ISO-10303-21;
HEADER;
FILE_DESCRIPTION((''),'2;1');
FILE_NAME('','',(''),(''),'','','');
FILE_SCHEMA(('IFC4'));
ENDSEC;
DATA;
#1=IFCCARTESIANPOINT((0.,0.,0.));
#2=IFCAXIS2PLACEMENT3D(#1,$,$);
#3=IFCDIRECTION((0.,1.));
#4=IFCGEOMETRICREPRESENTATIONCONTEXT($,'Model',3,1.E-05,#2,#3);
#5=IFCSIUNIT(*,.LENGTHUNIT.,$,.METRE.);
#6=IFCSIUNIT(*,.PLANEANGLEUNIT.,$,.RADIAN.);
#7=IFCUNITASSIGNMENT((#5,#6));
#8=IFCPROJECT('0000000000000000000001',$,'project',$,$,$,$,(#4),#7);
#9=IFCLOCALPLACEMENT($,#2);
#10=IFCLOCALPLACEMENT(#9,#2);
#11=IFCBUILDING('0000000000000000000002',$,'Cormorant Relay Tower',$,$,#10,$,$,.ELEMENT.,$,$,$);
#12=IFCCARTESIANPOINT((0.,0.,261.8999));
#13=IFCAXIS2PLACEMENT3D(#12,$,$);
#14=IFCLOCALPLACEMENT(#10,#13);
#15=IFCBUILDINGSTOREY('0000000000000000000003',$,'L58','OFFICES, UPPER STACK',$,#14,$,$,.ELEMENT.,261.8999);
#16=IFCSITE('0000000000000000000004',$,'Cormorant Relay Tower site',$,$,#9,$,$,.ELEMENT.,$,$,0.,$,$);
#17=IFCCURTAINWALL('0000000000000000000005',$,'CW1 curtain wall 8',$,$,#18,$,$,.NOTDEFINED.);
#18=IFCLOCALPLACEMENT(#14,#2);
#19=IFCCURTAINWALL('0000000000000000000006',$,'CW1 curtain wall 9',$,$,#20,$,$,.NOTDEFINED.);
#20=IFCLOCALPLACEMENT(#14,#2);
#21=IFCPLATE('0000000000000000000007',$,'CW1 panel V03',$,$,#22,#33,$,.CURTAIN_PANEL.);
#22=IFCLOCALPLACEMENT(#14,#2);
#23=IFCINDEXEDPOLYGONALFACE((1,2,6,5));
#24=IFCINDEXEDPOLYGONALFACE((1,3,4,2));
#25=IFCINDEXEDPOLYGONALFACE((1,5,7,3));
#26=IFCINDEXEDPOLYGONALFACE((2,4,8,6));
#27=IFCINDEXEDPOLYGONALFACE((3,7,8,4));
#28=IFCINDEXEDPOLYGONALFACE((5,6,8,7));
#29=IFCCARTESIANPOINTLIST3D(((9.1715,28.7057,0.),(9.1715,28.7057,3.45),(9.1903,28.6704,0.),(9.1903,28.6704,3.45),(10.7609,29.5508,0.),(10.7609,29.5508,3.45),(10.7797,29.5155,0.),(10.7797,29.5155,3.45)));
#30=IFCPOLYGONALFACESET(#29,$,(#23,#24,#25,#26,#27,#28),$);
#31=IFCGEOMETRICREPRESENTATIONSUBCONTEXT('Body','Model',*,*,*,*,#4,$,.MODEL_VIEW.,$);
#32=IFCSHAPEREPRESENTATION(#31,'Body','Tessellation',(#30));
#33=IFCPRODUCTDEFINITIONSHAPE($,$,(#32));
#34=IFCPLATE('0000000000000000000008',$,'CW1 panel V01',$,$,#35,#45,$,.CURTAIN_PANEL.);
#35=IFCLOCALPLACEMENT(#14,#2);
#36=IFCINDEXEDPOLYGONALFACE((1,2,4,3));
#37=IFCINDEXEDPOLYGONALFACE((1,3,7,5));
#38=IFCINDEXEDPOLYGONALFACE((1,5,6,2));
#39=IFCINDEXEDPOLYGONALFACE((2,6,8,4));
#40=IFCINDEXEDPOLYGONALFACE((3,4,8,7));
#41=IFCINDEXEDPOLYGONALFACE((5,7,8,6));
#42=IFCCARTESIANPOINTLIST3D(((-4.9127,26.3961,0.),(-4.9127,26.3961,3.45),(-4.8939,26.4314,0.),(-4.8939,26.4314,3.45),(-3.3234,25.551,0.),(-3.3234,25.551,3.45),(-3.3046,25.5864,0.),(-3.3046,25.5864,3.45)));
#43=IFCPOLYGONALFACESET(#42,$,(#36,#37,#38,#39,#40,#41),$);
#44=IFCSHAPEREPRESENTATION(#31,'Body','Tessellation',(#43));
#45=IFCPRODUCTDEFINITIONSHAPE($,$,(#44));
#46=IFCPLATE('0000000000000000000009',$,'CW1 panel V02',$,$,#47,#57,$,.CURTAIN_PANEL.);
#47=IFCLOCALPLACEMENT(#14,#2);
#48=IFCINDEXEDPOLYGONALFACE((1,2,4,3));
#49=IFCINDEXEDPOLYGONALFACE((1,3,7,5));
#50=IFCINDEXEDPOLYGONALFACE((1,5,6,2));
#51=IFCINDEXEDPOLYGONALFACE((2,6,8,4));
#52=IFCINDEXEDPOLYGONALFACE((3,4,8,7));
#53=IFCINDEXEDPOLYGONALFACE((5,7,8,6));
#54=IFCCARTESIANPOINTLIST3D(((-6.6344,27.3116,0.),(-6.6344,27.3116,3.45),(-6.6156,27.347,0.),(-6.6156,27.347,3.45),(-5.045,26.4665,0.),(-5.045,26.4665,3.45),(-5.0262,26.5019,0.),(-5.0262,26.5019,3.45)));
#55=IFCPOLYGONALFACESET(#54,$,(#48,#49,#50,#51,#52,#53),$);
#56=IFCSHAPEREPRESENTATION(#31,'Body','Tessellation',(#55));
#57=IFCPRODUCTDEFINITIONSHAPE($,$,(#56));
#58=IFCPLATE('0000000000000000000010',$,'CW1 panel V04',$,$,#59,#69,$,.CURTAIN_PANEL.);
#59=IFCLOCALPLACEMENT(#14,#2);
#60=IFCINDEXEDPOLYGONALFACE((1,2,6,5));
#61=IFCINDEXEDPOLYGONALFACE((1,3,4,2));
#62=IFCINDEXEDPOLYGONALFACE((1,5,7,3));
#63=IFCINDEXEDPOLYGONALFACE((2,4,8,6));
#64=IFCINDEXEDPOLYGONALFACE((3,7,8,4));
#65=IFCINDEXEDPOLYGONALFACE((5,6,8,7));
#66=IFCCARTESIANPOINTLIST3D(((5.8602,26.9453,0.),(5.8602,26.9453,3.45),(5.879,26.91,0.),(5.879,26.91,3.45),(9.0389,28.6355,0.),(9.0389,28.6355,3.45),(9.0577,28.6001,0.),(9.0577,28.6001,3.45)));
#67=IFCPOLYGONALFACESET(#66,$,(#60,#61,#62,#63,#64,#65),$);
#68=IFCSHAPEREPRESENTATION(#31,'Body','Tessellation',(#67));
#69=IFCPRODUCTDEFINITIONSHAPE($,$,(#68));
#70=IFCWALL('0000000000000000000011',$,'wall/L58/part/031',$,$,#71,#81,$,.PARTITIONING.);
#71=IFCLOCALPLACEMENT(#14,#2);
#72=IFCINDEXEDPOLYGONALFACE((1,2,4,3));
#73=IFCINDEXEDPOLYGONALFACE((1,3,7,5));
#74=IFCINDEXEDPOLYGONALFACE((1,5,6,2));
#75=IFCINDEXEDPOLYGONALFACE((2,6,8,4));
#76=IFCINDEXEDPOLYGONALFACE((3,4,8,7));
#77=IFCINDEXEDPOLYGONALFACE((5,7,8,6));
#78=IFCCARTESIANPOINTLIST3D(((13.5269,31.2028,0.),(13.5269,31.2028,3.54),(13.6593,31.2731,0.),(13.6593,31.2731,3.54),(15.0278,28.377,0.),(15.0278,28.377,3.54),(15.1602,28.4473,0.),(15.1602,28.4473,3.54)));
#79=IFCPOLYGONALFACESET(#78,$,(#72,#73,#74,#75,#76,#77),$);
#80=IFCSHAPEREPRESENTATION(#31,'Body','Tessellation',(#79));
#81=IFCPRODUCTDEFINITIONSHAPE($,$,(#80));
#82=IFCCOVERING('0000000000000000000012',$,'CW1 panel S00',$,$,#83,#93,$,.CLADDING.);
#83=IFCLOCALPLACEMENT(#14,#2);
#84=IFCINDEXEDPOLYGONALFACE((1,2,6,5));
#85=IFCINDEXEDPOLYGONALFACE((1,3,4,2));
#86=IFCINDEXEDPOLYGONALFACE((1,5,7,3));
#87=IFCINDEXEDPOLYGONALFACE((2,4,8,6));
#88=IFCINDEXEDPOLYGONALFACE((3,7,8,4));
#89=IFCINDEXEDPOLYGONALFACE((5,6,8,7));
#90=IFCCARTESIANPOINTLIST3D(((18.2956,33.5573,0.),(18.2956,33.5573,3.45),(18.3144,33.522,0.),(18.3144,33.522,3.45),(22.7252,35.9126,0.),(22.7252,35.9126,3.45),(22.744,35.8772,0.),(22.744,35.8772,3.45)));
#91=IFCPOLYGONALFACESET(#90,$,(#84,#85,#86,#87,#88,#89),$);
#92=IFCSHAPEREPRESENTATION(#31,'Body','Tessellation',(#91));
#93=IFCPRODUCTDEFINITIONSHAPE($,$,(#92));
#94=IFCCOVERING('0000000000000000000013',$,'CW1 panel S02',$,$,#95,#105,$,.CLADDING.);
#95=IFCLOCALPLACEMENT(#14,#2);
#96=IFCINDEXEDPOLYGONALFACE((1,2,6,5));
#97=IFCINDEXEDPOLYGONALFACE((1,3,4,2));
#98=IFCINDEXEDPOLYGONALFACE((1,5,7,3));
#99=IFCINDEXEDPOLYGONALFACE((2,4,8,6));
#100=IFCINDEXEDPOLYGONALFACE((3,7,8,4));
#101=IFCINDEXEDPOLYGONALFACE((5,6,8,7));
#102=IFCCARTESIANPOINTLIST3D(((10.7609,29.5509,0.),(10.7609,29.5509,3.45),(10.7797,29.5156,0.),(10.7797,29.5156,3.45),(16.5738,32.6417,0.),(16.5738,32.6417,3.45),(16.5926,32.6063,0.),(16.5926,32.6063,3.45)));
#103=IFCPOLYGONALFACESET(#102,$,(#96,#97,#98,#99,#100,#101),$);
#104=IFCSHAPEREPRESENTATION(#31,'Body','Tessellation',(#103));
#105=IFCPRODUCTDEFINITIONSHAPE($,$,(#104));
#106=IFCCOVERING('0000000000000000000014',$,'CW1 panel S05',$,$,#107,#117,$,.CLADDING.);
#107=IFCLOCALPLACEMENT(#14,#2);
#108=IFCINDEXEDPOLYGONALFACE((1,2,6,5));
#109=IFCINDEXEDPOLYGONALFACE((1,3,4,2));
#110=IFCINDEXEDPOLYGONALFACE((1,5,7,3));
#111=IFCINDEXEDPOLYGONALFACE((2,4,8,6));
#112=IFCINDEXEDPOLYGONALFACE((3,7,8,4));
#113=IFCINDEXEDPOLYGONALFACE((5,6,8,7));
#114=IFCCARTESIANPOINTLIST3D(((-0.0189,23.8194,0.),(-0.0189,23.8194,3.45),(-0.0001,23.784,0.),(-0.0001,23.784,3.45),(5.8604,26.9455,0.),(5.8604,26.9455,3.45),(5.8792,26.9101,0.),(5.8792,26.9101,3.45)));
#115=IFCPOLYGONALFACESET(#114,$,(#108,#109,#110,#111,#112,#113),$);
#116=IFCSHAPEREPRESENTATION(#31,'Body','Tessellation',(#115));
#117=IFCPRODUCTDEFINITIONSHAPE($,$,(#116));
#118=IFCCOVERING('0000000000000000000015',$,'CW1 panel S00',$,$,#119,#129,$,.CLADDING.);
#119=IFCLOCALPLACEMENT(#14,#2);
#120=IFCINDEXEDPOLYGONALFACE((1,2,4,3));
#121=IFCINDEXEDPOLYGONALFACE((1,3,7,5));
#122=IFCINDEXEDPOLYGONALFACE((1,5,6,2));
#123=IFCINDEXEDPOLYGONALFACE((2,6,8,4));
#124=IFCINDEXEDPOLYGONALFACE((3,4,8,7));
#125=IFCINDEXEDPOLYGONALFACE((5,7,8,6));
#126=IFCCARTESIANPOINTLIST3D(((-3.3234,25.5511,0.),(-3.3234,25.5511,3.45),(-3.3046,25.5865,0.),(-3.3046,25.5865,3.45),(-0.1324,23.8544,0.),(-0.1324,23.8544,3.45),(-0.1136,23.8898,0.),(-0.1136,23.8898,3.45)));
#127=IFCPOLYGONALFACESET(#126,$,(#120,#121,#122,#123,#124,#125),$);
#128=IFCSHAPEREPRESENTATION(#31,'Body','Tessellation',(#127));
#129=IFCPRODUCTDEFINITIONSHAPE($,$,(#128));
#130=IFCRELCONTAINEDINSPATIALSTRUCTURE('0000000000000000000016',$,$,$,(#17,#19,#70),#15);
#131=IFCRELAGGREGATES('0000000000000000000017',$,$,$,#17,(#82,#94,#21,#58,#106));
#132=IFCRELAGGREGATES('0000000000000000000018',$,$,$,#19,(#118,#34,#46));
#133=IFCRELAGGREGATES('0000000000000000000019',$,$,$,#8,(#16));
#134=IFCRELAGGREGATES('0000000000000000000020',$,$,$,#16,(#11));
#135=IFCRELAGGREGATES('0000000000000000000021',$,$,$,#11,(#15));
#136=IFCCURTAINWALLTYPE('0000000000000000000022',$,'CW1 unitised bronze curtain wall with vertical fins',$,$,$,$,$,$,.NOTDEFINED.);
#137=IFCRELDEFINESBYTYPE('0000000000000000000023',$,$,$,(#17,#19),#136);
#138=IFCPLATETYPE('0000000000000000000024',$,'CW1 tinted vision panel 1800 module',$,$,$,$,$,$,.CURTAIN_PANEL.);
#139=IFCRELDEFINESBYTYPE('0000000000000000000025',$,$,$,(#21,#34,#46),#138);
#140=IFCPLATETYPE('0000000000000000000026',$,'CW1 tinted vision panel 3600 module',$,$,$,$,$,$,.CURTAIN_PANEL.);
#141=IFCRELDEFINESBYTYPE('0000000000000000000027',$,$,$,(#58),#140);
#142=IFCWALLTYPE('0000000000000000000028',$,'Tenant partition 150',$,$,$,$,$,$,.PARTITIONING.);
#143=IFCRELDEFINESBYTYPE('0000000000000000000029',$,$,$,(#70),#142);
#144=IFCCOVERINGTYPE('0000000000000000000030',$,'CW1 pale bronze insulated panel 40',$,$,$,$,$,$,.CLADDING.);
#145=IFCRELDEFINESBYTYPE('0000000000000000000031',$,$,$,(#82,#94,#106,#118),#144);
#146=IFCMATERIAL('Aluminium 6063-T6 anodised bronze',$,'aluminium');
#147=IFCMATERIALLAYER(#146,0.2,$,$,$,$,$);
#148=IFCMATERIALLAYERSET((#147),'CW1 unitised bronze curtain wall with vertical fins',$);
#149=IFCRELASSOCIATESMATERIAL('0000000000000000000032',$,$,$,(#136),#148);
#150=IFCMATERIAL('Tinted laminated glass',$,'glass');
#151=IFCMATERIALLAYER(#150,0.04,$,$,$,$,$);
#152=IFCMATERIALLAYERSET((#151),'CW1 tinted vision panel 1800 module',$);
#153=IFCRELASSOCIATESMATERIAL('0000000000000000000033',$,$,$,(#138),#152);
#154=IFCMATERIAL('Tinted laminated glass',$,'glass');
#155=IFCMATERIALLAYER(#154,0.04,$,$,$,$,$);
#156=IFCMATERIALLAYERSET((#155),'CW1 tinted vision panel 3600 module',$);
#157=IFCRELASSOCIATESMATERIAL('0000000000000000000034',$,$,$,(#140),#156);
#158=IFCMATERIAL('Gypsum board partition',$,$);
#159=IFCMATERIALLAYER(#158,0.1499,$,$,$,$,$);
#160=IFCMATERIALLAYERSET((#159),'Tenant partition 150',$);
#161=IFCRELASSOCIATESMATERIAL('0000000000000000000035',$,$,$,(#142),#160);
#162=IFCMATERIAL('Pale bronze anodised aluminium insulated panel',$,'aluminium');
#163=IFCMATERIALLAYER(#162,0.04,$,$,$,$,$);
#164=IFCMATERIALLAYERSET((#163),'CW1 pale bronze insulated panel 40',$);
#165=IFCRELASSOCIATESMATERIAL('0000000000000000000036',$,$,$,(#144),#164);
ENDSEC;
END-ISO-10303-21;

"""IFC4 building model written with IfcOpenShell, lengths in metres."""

from ifc_helpers import new_model, si_unit, direction, frame, frame_2d, origin, origin_2d, place, context, subcontext, project, spatial, rectangle, extrude, material, layer, layer_set, type_object, element, aggregate, save


model = new_model("IFC4")

# Units and contexts
model_context = context("Model", 3, precision=1e-05, world=origin(), true_north=direction((0.0, 1.0)))
body_context = subcontext(model_context, "Body", "Model", "MODEL_VIEW")
ifc_project = project(units=[si_unit("LENGTHUNIT", "METRE"), si_unit("PLANEANGLEUNIT", "RADIAN")], contexts=[model_context])

# Site, building, storey
site_placement = place(None, origin())
site = spatial("IfcSite", under=ifc_project, at=site_placement, Name="Cormorant Relay Tower site", CompositionType="ELEMENT", RefElevation=0.0)
building_placement = place(site_placement, origin())
building = spatial("IfcBuilding", under=site, at=building_placement, Name="Cormorant Relay Tower", CompositionType="ELEMENT")
storey_placement = place(building_placement, frame((0.0, 0.0, 261.8999)))
storey = spatial("IfcBuildingStorey", under=building, at=storey_placement, Name="L58", Description="OFFICES, UPPER STACK", CompositionType="ELEMENT", Elevation=261.8999)

# Curtain walls
ifc_material_1 = material(Name="Aluminium 6063-T6 anodised bronze", Category="aluminium")
ifc_layer_1 = layer(ifc_material_1, 0.2)
ifc_layer_set_1 = layer_set([ifc_layer_1], Name="CW1 unitised bronze curtain wall with vertical fins")
curtain_wall_type = type_object("IfcCurtainWallType", Name="CW1 unitised bronze curtain wall with vertical fins", PredefinedType="NOTDEFINED", material=ifc_layer_set_1)
curtain_wall_1_placement = place(storey_placement, origin())
curtain_wall_1 = element("IfcCurtainWall", 1, at=curtain_wall_1_placement, inside=storey, type_object=curtain_wall_type, Name="CW1 curtain wall 8", PredefinedType="NOTDEFINED")
curtain_wall_2_placement = place(storey_placement, origin())
curtain_wall_2 = element("IfcCurtainWall", 2, at=curtain_wall_2_placement, inside=storey, type_object=curtain_wall_type, Name="CW1 curtain wall 9", PredefinedType="NOTDEFINED")

# Plates
ifc_material_2 = material(Name="Tinted laminated glass", Category="glass")
ifc_layer_2 = layer(ifc_material_2, 0.04)
ifc_layer_set_2 = layer_set([ifc_layer_2], Name="CW1 tinted vision panel 1800 module")
plate_type_1 = type_object("IfcPlateType", Name="CW1 tinted vision panel 1800 module", PredefinedType="CURTAIN_PANEL", material=ifc_layer_set_2)
plate_1_placement = place(storey_placement, frame((9.9756, 29.1106, 0.0), z_axis=(0.0, 0.0, 1.0), x_axis=(-0.882948, -0.469472, 0.0)))
plate_1 = element("IfcPlate", 3, at=plate_1_placement, type_object=plate_type_1, Name="CW1 panel V03", PredefinedType="CURTAIN_PANEL", context=body_context, shape_type="SweptSolid", body=[
    extrude(rectangle(XDim=1.8, YDim=0.04, at=origin_2d()), origin(), (0.0, 0.0, 1.0), 3.45),
])
plate_2_placement = place(storey_placement, frame((-4.1086, 25.9912, 0.0), z_axis=(0.0, 0.0, 1.0), x_axis=(-0.882948, 0.469472, 0.0)))
plate_2 = element("IfcPlate", 4, at=plate_2_placement, type_object=plate_type_1, Name="CW1 panel V01", PredefinedType="CURTAIN_PANEL", context=body_context, shape_type="SweptSolid", body=[
    extrude(rectangle(XDim=1.8, YDim=0.04, at=origin_2d()), origin(), (0.0, 0.0, 1.0), 3.45),
])
plate_3_placement = place(storey_placement, frame((-5.8303, 26.9067, 0.0), z_axis=(0.0, 0.0, 1.0), x_axis=(-0.882948, 0.469472, 0.0)))
plate_3 = element("IfcPlate", 5, at=plate_3_placement, type_object=plate_type_1, Name="CW1 panel V02", PredefinedType="CURTAIN_PANEL", context=body_context, shape_type="SweptSolid", body=[
    extrude(rectangle(XDim=1.8, YDim=0.04, at=origin_2d()), origin(), (0.0, 0.0, 1.0), 3.45),
])
ifc_material_3 = material(Name="Tinted laminated glass", Category="glass")
ifc_layer_3 = layer(ifc_material_3, 0.04)
ifc_layer_set_3 = layer_set([ifc_layer_3], Name="CW1 tinted vision panel 3600 module")
plate_type_2 = type_object("IfcPlateType", Name="CW1 tinted vision panel 3600 module", PredefinedType="CURTAIN_PANEL", material=ifc_layer_set_3)
plate_4_placement = place(storey_placement, frame((7.459, 27.7727, 0.0), z_axis=(0.0, 0.0, 1.0), x_axis=(-0.882948, -0.469472, 0.0)))
plate_4 = element("IfcPlate", 6, at=plate_4_placement, type_object=plate_type_2, Name="CW1 panel V04", PredefinedType="CURTAIN_PANEL", context=body_context, shape_type="SweptSolid", body=[
    extrude(rectangle(XDim=3.6001, YDim=0.04, at=origin_2d()), origin(), (0.0, 0.0, 1.0), 3.45),
])

# Wall
ifc_material_4 = material(Name="Gypsum board partition")
ifc_layer_4 = layer(ifc_material_4, 0.1499)
ifc_layer_set_4 = layer_set([ifc_layer_4], Name="Tenant partition 150")
wall_type = type_object("IfcWallType", Name="Tenant partition 150", PredefinedType="PARTITIONING", material=ifc_layer_set_4)
wall_placement = place(storey_placement, frame((15.094, 28.4121, 0.0), z_axis=(0.0, 0.0, 1.0), x_axis=(-0.469083, 0.883154, 0.0)))
element("IfcWall", 7, at=wall_placement, inside=storey, type_object=wall_type, Name="wall/L58/part/031", PredefinedType="PARTITIONING", context=body_context, shape_type="SweptSolid", body=[
    extrude(rectangle(XDim=3.1997, YDim=0.1499, at=frame_2d((1.5999, 0.0))), origin(), (0.0, 0.0, 1.0), 3.54),
])

# Coverings
ifc_material_5 = material(Name="Pale bronze anodised aluminium insulated panel", Category="aluminium")
ifc_layer_5 = layer(ifc_material_5, 0.04)
ifc_layer_set_5 = layer_set([ifc_layer_5], Name="CW1 pale bronze insulated panel 40")
covering_type = type_object("IfcCoveringType", Name="CW1 pale bronze insulated panel 40", PredefinedType="CLADDING", material=ifc_layer_set_5)
covering_1_placement = place(storey_placement, frame((20.5198, 34.7173, 0.0), z_axis=(0.0, 0.0, 1.0), x_axis=(-0.882948, -0.469472, 0.0)))
covering_1 = element("IfcCovering", 8, at=covering_1_placement, type_object=covering_type, Name="CW1 panel S00", PredefinedType="CLADDING", context=body_context, shape_type="SweptSolid", body=[
    extrude(rectangle(XDim=5.0168, YDim=0.04, at=origin_2d()), origin(), (0.0, 0.0, 1.0), 3.45),
])
covering_2_placement = place(storey_placement, frame((13.6768, 31.0786, 0.0), z_axis=(0.0, 0.0, 1.0), x_axis=(-0.882948, -0.469472, 0.0)))
covering_2 = element("IfcCovering", 9, at=covering_2_placement, type_object=covering_type, Name="CW1 panel S02", PredefinedType="CLADDING", context=body_context, shape_type="SweptSolid", body=[
    extrude(rectangle(XDim=6.5835, YDim=0.04, at=origin_2d()), origin(), (0.0, 0.0, 1.0), 3.45),
])
covering_3_placement = place(storey_placement, frame((2.9302, 25.3647, 0.0), z_axis=(0.0, 0.0, 1.0), x_axis=(-0.882948, -0.469472, 0.0)))
covering_3 = element("IfcCovering", 10, at=covering_3_placement, type_object=covering_type, Name="CW1 panel S05", PredefinedType="CLADDING", context=body_context, shape_type="SweptSolid", body=[
    extrude(rectangle(XDim=6.6587, YDim=0.04, at=origin_2d()), origin(), (0.0, 0.0, 1.0), 3.45),
])
aggregate(curtain_wall_1, [covering_1, covering_2, plate_1, plate_4, covering_3])
covering_4_placement = place(storey_placement, frame((-1.7185, 24.7205, 0.0), z_axis=(0.0, 0.0, 1.0), x_axis=(-0.882948, 0.469472, 0.0)))
covering_4 = element("IfcCovering", 11, at=covering_4_placement, type_object=covering_type, Name="CW1 panel S00", PredefinedType="CLADDING", context=body_context, shape_type="SweptSolid", body=[
    extrude(rectangle(XDim=3.614, YDim=0.04, at=origin_2d()), origin(), (0.0, 0.0, 1.0), 3.45),
])
aggregate(curtain_wall_2, [covering_4, plate_2, plate_3])

save(model, "model.ifc")
